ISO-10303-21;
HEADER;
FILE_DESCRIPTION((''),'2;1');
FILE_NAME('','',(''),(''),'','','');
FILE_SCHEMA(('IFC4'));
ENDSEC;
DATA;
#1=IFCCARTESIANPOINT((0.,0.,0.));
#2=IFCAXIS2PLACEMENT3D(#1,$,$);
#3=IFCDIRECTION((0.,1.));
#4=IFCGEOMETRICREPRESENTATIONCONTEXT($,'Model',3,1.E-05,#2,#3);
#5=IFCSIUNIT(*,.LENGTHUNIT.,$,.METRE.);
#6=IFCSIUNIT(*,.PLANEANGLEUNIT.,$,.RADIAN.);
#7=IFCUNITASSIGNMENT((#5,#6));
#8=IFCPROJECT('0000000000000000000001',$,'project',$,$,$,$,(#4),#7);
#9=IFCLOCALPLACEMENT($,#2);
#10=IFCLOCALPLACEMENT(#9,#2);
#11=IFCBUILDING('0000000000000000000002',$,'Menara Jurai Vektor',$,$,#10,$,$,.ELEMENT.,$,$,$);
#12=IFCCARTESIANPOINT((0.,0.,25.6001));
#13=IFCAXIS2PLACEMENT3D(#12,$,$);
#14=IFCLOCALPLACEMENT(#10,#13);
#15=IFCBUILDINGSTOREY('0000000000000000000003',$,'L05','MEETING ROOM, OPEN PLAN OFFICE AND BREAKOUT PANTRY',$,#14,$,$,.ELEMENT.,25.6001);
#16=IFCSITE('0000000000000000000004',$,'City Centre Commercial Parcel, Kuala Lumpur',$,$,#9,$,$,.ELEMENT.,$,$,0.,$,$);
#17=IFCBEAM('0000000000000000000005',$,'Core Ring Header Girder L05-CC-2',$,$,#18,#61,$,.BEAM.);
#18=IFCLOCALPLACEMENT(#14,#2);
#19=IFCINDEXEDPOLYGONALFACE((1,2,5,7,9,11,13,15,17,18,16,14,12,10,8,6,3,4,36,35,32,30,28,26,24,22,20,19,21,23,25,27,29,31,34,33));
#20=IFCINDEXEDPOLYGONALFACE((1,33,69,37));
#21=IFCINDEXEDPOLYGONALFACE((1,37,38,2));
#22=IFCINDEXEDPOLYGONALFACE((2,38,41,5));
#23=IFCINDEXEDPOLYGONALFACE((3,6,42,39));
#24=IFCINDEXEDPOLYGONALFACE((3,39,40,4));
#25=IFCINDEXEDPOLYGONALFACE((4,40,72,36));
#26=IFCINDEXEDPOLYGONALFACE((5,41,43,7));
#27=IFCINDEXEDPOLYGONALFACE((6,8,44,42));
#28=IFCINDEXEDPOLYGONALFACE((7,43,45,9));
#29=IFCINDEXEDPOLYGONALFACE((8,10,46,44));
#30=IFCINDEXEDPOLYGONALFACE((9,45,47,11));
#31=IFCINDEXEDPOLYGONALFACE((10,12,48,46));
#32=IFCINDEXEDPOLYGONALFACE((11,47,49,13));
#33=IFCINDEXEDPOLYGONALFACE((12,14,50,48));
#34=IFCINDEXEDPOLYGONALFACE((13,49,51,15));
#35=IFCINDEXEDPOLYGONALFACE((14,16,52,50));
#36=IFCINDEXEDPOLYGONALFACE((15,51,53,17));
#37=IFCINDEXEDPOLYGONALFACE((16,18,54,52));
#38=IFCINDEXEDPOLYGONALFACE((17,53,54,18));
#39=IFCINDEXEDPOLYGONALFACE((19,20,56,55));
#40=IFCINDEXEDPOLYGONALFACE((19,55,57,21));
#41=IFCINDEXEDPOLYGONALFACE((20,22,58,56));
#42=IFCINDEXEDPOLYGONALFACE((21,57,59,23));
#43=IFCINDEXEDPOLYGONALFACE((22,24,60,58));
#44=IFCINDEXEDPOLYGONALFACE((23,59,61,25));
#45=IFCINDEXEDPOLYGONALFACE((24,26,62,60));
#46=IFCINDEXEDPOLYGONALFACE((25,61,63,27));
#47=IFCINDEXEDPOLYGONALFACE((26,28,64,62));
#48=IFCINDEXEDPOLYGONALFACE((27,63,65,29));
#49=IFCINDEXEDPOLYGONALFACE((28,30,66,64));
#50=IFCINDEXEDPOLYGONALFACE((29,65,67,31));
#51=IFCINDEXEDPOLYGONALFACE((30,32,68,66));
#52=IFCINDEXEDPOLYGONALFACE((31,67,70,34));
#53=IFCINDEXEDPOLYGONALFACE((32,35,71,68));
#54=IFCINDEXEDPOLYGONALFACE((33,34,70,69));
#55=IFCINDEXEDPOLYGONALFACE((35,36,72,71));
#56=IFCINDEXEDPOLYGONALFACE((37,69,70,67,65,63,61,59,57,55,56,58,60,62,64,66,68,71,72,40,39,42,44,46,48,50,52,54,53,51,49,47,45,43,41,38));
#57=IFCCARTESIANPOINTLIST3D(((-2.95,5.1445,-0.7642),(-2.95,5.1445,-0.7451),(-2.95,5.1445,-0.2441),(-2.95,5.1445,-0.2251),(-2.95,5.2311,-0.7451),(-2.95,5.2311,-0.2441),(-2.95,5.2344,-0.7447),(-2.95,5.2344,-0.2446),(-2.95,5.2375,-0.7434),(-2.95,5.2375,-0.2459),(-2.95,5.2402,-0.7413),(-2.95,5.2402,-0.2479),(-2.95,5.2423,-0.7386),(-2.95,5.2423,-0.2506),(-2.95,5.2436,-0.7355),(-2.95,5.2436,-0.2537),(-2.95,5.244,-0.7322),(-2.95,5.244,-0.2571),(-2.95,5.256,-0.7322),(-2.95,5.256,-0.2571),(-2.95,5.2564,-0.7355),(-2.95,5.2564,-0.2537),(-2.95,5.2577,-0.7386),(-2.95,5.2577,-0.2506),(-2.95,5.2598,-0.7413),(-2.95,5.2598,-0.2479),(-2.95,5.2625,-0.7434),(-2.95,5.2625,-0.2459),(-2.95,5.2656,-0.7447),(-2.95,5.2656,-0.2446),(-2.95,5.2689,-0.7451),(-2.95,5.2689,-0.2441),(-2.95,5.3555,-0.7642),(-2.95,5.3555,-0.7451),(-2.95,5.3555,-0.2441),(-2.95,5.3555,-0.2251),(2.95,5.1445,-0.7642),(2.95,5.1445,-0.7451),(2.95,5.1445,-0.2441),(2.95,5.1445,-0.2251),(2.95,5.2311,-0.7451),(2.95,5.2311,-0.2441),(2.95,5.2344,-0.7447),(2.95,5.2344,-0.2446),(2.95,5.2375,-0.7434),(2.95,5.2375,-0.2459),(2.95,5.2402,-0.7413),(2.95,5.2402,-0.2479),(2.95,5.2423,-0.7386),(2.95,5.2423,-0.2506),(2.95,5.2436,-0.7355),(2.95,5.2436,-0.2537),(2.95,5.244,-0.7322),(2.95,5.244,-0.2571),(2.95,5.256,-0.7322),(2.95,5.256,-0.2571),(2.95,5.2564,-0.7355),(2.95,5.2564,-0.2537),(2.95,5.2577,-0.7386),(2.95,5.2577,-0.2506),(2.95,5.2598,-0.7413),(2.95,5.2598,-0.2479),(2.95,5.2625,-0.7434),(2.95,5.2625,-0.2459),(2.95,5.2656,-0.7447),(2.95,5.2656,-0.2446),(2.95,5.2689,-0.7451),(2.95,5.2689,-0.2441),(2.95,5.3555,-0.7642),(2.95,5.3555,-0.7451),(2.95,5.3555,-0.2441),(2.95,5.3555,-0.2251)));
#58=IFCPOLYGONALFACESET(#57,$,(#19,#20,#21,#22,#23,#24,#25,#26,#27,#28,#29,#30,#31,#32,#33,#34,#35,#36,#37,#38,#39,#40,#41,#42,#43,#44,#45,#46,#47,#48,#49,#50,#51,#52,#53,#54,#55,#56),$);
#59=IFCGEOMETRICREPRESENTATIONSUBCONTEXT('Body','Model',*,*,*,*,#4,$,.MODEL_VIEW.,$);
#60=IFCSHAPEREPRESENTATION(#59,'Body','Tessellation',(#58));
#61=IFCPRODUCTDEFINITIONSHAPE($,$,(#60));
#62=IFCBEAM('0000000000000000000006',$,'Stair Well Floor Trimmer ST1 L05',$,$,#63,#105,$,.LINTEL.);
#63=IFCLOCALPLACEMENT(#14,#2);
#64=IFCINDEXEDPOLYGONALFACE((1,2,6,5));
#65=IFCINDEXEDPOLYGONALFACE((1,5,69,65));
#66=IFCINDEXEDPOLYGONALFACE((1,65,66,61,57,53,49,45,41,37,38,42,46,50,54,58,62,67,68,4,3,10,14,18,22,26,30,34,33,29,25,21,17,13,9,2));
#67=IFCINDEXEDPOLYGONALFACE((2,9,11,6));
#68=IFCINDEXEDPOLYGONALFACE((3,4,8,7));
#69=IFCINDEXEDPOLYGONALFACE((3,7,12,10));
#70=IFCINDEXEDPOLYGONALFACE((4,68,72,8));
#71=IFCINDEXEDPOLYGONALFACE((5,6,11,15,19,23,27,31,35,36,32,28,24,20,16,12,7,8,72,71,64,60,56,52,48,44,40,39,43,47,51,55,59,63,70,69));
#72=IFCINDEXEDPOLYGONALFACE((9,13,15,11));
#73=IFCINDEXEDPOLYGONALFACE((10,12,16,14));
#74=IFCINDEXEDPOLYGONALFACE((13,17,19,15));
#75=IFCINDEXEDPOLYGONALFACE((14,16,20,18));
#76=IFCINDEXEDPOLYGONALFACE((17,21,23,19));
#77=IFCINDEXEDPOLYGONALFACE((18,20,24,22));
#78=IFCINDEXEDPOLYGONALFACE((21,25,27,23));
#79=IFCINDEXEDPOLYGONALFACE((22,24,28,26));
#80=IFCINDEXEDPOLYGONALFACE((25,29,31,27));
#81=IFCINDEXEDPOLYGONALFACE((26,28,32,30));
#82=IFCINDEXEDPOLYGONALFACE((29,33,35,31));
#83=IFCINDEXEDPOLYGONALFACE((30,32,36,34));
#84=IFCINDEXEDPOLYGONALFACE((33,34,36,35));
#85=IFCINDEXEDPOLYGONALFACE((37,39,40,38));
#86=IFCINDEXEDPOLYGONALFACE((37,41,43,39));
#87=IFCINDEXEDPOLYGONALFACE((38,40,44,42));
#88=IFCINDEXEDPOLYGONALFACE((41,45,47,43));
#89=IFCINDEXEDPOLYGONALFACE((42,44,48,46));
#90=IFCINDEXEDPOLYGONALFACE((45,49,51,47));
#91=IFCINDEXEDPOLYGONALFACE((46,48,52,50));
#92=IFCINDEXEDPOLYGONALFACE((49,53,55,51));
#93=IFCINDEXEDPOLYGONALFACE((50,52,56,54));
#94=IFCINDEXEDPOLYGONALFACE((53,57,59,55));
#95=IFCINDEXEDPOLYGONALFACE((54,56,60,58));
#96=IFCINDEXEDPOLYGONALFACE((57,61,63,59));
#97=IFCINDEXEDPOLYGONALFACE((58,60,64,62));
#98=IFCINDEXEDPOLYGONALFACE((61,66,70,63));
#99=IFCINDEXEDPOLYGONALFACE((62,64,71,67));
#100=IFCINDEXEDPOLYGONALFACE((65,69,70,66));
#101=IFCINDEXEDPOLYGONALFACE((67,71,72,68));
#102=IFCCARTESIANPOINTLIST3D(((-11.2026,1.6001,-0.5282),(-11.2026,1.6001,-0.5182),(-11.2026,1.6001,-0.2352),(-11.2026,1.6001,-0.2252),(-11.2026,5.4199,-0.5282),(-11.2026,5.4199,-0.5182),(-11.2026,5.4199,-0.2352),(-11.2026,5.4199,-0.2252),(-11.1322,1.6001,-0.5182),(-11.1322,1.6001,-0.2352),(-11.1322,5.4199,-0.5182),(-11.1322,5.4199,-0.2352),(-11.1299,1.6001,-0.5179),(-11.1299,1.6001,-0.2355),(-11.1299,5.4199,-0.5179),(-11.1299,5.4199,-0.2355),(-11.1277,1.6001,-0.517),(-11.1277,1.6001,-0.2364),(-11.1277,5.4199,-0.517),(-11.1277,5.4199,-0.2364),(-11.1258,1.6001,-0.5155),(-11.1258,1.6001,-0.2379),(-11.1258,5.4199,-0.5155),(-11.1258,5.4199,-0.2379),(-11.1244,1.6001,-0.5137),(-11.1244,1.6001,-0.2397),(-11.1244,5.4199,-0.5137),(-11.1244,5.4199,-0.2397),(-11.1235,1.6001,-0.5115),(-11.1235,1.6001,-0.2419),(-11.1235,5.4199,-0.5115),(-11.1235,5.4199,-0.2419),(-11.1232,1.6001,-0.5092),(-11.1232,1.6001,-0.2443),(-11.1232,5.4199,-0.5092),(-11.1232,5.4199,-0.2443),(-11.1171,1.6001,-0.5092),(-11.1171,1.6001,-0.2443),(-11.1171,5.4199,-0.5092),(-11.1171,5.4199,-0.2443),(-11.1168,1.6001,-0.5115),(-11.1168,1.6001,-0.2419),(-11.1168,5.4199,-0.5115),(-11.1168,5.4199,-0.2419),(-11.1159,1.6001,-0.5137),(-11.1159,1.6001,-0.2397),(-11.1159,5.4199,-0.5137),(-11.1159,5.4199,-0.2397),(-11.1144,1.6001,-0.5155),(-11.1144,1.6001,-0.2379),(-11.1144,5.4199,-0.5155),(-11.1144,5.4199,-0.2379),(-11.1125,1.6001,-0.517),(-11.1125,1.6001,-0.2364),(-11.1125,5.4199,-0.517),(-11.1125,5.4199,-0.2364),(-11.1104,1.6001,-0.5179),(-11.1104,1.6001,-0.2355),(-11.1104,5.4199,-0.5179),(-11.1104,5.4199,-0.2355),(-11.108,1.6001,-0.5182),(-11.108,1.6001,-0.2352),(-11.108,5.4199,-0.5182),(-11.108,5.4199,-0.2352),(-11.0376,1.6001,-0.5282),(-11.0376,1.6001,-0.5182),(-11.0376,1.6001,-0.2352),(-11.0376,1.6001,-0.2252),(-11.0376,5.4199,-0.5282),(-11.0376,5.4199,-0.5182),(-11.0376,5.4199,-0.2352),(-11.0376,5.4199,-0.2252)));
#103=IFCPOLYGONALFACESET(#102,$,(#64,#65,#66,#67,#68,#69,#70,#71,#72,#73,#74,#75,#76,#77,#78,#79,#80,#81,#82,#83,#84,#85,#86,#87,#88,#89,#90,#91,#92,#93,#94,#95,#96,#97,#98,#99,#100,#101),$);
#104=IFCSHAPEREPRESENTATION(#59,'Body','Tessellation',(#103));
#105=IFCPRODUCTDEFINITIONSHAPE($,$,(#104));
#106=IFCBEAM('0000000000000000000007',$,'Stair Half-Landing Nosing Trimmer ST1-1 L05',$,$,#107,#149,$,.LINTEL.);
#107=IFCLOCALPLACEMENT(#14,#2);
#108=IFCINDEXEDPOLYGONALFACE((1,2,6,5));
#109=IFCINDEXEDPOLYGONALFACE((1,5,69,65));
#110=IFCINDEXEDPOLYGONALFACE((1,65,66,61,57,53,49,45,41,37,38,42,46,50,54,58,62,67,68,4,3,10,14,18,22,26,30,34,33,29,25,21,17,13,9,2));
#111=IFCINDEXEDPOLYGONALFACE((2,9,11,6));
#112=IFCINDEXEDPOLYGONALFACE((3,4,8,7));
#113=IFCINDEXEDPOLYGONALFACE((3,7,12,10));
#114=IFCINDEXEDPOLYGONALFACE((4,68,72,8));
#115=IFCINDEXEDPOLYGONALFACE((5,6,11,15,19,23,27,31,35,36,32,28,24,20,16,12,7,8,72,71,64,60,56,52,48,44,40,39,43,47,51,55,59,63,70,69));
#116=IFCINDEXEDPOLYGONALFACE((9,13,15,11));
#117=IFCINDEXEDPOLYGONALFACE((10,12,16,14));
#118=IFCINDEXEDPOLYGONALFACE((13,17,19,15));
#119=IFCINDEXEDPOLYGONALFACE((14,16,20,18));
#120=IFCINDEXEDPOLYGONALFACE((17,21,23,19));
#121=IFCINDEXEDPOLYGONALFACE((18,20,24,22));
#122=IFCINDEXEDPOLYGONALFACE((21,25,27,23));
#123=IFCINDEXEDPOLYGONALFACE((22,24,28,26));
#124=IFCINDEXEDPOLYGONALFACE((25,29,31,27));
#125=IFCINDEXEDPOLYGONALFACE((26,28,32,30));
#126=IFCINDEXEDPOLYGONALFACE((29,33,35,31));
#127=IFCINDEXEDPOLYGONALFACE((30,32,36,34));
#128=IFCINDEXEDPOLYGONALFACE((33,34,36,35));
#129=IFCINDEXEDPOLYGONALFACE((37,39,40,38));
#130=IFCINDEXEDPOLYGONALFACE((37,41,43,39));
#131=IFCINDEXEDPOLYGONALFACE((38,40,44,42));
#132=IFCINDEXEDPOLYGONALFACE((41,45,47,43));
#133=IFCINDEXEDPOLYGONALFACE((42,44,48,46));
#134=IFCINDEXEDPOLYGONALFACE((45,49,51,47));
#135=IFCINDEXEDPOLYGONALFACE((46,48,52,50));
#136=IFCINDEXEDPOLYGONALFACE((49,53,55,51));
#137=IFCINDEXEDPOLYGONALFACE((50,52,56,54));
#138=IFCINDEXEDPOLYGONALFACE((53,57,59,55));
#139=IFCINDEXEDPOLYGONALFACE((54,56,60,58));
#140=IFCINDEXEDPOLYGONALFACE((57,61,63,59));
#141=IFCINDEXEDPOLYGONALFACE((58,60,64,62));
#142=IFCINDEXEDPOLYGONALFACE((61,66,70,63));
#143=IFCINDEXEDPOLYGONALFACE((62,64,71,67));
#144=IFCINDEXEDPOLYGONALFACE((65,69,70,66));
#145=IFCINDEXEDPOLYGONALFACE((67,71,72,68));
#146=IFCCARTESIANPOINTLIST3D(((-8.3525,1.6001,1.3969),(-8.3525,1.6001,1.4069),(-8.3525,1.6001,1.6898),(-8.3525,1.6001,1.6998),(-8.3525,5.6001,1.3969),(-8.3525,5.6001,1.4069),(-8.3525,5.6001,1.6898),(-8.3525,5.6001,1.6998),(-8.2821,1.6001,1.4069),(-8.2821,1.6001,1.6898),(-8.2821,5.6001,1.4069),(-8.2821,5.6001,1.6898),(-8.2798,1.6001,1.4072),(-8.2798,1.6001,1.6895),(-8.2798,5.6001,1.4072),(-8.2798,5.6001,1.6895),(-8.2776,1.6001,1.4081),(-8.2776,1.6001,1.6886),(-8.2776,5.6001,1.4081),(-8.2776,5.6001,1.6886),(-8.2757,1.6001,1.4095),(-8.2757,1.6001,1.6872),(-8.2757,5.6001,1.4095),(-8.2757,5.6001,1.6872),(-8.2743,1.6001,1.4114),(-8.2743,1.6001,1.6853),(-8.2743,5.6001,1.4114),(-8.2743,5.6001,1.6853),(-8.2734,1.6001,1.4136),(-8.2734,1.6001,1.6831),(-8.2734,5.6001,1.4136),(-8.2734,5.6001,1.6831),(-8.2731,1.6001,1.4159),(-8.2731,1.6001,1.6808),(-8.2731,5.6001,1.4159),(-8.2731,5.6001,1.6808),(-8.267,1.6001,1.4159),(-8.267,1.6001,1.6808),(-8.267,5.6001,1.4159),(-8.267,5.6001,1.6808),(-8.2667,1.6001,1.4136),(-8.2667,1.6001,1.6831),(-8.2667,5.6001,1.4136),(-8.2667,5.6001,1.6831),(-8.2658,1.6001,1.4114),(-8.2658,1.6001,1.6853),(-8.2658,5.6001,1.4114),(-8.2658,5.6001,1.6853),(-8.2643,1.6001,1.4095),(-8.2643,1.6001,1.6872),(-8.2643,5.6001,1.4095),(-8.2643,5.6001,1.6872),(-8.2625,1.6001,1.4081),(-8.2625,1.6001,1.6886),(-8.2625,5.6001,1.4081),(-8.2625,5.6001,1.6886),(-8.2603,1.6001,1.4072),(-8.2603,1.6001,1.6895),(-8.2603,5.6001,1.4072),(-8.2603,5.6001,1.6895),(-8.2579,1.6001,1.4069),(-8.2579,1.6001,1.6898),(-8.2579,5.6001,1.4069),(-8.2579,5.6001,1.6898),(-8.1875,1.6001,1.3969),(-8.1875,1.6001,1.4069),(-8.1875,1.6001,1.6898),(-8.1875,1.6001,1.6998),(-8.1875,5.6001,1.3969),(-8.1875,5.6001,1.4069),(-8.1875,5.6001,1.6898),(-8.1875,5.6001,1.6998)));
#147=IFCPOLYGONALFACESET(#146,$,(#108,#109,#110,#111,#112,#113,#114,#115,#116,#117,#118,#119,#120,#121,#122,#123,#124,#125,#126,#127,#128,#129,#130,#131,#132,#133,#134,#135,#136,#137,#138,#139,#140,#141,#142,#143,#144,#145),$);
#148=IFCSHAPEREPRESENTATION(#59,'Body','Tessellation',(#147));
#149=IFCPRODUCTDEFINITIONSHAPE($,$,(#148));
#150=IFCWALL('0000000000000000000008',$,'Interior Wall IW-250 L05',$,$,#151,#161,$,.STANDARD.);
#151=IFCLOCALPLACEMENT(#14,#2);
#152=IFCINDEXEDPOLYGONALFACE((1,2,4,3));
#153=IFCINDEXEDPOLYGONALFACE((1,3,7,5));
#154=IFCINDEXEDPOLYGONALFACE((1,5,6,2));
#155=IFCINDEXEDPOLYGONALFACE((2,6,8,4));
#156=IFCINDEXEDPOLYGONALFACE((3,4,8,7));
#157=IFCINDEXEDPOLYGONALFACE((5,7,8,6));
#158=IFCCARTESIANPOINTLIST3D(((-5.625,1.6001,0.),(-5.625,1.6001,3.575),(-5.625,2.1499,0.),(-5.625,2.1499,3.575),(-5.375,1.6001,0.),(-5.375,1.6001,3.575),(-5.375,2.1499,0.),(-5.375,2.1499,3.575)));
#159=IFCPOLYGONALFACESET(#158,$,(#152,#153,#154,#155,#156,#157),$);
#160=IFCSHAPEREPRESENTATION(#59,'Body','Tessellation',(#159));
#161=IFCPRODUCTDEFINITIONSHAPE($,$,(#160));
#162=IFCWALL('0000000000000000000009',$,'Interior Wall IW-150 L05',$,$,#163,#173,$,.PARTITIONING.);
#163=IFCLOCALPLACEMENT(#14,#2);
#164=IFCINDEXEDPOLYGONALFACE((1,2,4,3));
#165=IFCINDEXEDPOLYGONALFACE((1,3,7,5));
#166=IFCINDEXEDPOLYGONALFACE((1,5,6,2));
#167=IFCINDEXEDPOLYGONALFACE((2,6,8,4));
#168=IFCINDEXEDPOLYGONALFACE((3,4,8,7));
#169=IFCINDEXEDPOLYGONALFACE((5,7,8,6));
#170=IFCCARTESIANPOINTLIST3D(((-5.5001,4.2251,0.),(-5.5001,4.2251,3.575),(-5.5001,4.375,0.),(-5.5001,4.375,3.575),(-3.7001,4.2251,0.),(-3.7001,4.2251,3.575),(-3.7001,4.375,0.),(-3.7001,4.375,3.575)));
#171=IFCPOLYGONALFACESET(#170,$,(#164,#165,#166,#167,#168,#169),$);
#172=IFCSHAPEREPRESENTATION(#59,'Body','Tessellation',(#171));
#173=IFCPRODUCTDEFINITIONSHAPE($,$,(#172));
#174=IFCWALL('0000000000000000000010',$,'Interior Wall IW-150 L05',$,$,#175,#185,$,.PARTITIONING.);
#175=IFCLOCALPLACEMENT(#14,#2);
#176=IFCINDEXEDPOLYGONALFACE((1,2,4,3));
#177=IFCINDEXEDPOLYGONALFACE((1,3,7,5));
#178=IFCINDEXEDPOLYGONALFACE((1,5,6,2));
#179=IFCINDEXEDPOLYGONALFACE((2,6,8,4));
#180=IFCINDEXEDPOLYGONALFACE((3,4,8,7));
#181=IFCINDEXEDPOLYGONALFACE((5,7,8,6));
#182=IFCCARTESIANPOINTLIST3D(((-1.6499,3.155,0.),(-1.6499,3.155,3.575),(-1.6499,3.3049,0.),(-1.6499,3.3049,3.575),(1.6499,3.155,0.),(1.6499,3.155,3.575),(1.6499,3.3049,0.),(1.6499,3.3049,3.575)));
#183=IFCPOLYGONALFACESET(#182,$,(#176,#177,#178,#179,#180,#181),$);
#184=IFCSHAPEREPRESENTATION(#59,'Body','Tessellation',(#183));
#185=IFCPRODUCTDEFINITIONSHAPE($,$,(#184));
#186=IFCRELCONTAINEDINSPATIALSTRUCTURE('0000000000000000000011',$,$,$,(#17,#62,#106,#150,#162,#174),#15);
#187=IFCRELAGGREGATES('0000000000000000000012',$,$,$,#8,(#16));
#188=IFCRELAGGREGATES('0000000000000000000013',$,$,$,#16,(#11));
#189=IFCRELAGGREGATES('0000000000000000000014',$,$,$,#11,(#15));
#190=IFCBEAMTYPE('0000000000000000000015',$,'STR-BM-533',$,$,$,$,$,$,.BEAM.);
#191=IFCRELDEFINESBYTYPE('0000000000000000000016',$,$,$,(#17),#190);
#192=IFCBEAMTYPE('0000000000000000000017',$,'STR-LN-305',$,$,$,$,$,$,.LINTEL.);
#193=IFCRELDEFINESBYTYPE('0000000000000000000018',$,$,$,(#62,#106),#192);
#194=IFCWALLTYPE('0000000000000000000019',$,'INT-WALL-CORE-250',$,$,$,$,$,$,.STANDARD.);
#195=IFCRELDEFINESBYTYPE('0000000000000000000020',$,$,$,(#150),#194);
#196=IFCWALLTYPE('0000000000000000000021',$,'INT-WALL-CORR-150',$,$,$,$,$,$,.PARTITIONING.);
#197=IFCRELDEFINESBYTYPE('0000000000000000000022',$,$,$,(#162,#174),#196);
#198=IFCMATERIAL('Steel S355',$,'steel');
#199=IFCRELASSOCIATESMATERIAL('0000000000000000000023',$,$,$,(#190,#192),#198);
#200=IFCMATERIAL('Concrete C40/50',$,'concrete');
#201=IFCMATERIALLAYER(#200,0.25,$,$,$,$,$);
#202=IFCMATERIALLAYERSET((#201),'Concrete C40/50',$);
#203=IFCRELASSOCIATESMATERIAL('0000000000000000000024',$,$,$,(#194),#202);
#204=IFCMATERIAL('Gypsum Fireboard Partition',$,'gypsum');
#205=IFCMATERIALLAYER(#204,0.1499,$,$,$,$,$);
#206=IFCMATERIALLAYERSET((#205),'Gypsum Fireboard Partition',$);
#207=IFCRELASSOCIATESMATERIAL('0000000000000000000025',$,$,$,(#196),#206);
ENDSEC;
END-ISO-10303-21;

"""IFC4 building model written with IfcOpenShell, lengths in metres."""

from ifc_helpers import new_model, si_unit, direction, frame, frame_2d, origin, origin_2d, place, context, subcontext, project, spatial, rectangle, i_section, extrude, material, layer, layer_set, material_profile, profile_set, type_object, element, save


model = new_model("IFC4")

# Units and contexts
model_context = context("Model", 3, precision=1e-05, world=origin(), true_north=direction((0.0, 1.0)))
body_context = subcontext(model_context, "Body", "Model", "MODEL_VIEW")
ifc_project = project(units=[si_unit("LENGTHUNIT", "METRE"), si_unit("PLANEANGLEUNIT", "RADIAN")], contexts=[model_context])

# Site, building, storey
site_placement = place(None, origin())
site = spatial("IfcSite", under=ifc_project, at=site_placement, Name="City Centre Commercial Parcel, Kuala Lumpur", CompositionType="ELEMENT", RefElevation=0.0)
building_placement = place(site_placement, origin())
building = spatial("IfcBuilding", under=site, at=building_placement, Name="Menara Jurai Vektor", CompositionType="ELEMENT")
storey_placement = place(building_placement, frame((0.0, 0.0, 25.6001)))
storey = spatial("IfcBuildingStorey", under=building, at=storey_placement, Name="L05", Description="MEETING ROOM, OPEN PLAN OFFICE AND BREAKOUT PANTRY", CompositionType="ELEMENT", Elevation=25.6001)

# Shared definitions
ifc_material_1 = material(Name="Steel S355", Category="steel")

# Beams
ifc_material_profile_1 = material_profile(ifc_material_1, i_section(OverallWidth=0.2109, OverallDepth=0.5391, WebThickness=0.012, FlangeThickness=0.019, FilletRadius=0.0129, at=origin_2d()), Name="UKB 533x210x109")
ifc_profile_set_1 = profile_set([ifc_material_profile_1], Name="Steel S355")
beam_type_1 = type_object("IfcBeamType", Name="STR-BM-533", PredefinedType="BEAM", material=ifc_profile_set_1)
beam_1_placement = place(storey_placement, frame((-2.95, 5.25, -0.4946), z_axis=(1.0, 0.0, 0.0), x_axis=(0.0, 1.0, 0.0)))
element("IfcBeam", 1, at=beam_1_placement, inside=storey, type_object=beam_type_1, Name="Core Ring Header Girder L05-CC-2", PredefinedType="BEAM", context=body_context, shape_type="SweptSolid", body=[
    extrude(i_section(OverallWidth=0.2109, OverallDepth=0.5391, WebThickness=0.012, FlangeThickness=0.019, FilletRadius=0.0129, at=origin_2d()), origin(), (0.0, 0.0, 1.0), 5.8999),
])
ifc_material_profile_2 = material_profile(ifc_material_1, i_section(OverallWidth=0.165, OverallDepth=0.303, WebThickness=0.0061, FlangeThickness=0.01, FilletRadius=0.009, at=origin_2d()), Name="UKB 305x165x40")
ifc_profile_set_2 = profile_set([ifc_material_profile_2], Name="Steel S355")
beam_type_2 = type_object("IfcBeamType", Name="STR-LN-305", PredefinedType="LINTEL", material=ifc_profile_set_2)
beam_2_placement = place(storey_placement, frame((-11.1201, 1.6001, -0.3767), z_axis=(0.0, 1.0, 0.0), x_axis=(-1.0, 0.0, 0.0)))
element("IfcBeam", 2, at=beam_2_placement, inside=storey, type_object=beam_type_2, Name="Stair Well Floor Trimmer ST1 L05", PredefinedType="LINTEL", context=body_context, shape_type="SweptSolid", body=[
    extrude(i_section(OverallWidth=0.165, OverallDepth=0.303, WebThickness=0.0061, FlangeThickness=0.01, FilletRadius=0.009, at=origin_2d()), origin(), (0.0, 0.0, 1.0), 3.8198),
])
beam_3_placement = place(storey_placement, frame((-8.27, 1.6001, 1.5483), z_axis=(0.0, 1.0, 0.0), x_axis=(-1.0, 0.0, 0.0)))
element("IfcBeam", 3, at=beam_3_placement, inside=storey, type_object=beam_type_2, Name="Stair Half-Landing Nosing Trimmer ST1-1 L05", PredefinedType="LINTEL", context=body_context, shape_type="SweptSolid", body=[
    extrude(i_section(OverallWidth=0.165, OverallDepth=0.303, WebThickness=0.0061, FlangeThickness=0.01, FilletRadius=0.009, at=origin_2d()), origin(), (0.0, 0.0, 1.0), 4.0),
])

# Shared definitions
ifc_material_2 = material(Name="Concrete C40/50", Category="concrete")
ifc_layer_1 = layer(ifc_material_2, 0.25)
ifc_layer_set_1 = layer_set([ifc_layer_1], Name="Concrete C40/50")
wall_type_1 = type_object("IfcWallType", Name="INT-WALL-CORE-250", PredefinedType="STANDARD", material=ifc_layer_set_1)

# Walls
wall_1_placement = place(storey_placement, frame((-5.5, 1.6001, 0.0), z_axis=(0.0, 0.0, 1.0), x_axis=(0.0, 1.0, 0.0)))
element("IfcWall", 4, at=wall_1_placement, inside=storey, type_object=wall_type_1, Name="Interior Wall IW-250 L05", PredefinedType="STANDARD", context=body_context, shape_type="SweptSolid", body=[
    extrude(rectangle(XDim=0.5498, YDim=0.25, at=frame_2d((0.2749, 0.0))), origin(), (0.0, 0.0, 1.0), 3.575),
])
ifc_material_3 = material(Name="Gypsum Fireboard Partition", Category="gypsum")
ifc_layer_2 = layer(ifc_material_3, 0.1499)
ifc_layer_set_2 = layer_set([ifc_layer_2], Name="Gypsum Fireboard Partition")
wall_type_2 = type_object("IfcWallType", Name="INT-WALL-CORR-150", PredefinedType="PARTITIONING", material=ifc_layer_set_2)
wall_2_placement = place(storey_placement, frame((-5.5, 4.3, 0.0), z_axis=(0.0, 0.0, 1.0), x_axis=(1.0, 0.0, 0.0)))
element("IfcWall", 5, at=wall_2_placement, inside=storey, type_object=wall_type_2, Name="Interior Wall IW-150 L05", PredefinedType="PARTITIONING", context=body_context, shape_type="SweptSolid", body=[
    extrude(rectangle(XDim=1.8, YDim=0.1499, at=frame_2d((0.8999, 0.0))), origin(), (0.0, 0.0, 1.0), 3.575),
])
wall_3_placement = place(storey_placement, frame((-1.6499, 3.23, 0.0), z_axis=(0.0, 0.0, 1.0), x_axis=(1.0, 0.0, 0.0)))
element("IfcWall", 6, at=wall_3_placement, inside=storey, type_object=wall_type_2, Name="Interior Wall IW-150 L05", PredefinedType="PARTITIONING", context=body_context, shape_type="SweptSolid", body=[
    extrude(rectangle(XDim=3.2998, YDim=0.1499, at=frame_2d((1.6499, 0.0))), origin(), (0.0, 0.0, 1.0), 3.575),
])

save(model, "model.ifc")
